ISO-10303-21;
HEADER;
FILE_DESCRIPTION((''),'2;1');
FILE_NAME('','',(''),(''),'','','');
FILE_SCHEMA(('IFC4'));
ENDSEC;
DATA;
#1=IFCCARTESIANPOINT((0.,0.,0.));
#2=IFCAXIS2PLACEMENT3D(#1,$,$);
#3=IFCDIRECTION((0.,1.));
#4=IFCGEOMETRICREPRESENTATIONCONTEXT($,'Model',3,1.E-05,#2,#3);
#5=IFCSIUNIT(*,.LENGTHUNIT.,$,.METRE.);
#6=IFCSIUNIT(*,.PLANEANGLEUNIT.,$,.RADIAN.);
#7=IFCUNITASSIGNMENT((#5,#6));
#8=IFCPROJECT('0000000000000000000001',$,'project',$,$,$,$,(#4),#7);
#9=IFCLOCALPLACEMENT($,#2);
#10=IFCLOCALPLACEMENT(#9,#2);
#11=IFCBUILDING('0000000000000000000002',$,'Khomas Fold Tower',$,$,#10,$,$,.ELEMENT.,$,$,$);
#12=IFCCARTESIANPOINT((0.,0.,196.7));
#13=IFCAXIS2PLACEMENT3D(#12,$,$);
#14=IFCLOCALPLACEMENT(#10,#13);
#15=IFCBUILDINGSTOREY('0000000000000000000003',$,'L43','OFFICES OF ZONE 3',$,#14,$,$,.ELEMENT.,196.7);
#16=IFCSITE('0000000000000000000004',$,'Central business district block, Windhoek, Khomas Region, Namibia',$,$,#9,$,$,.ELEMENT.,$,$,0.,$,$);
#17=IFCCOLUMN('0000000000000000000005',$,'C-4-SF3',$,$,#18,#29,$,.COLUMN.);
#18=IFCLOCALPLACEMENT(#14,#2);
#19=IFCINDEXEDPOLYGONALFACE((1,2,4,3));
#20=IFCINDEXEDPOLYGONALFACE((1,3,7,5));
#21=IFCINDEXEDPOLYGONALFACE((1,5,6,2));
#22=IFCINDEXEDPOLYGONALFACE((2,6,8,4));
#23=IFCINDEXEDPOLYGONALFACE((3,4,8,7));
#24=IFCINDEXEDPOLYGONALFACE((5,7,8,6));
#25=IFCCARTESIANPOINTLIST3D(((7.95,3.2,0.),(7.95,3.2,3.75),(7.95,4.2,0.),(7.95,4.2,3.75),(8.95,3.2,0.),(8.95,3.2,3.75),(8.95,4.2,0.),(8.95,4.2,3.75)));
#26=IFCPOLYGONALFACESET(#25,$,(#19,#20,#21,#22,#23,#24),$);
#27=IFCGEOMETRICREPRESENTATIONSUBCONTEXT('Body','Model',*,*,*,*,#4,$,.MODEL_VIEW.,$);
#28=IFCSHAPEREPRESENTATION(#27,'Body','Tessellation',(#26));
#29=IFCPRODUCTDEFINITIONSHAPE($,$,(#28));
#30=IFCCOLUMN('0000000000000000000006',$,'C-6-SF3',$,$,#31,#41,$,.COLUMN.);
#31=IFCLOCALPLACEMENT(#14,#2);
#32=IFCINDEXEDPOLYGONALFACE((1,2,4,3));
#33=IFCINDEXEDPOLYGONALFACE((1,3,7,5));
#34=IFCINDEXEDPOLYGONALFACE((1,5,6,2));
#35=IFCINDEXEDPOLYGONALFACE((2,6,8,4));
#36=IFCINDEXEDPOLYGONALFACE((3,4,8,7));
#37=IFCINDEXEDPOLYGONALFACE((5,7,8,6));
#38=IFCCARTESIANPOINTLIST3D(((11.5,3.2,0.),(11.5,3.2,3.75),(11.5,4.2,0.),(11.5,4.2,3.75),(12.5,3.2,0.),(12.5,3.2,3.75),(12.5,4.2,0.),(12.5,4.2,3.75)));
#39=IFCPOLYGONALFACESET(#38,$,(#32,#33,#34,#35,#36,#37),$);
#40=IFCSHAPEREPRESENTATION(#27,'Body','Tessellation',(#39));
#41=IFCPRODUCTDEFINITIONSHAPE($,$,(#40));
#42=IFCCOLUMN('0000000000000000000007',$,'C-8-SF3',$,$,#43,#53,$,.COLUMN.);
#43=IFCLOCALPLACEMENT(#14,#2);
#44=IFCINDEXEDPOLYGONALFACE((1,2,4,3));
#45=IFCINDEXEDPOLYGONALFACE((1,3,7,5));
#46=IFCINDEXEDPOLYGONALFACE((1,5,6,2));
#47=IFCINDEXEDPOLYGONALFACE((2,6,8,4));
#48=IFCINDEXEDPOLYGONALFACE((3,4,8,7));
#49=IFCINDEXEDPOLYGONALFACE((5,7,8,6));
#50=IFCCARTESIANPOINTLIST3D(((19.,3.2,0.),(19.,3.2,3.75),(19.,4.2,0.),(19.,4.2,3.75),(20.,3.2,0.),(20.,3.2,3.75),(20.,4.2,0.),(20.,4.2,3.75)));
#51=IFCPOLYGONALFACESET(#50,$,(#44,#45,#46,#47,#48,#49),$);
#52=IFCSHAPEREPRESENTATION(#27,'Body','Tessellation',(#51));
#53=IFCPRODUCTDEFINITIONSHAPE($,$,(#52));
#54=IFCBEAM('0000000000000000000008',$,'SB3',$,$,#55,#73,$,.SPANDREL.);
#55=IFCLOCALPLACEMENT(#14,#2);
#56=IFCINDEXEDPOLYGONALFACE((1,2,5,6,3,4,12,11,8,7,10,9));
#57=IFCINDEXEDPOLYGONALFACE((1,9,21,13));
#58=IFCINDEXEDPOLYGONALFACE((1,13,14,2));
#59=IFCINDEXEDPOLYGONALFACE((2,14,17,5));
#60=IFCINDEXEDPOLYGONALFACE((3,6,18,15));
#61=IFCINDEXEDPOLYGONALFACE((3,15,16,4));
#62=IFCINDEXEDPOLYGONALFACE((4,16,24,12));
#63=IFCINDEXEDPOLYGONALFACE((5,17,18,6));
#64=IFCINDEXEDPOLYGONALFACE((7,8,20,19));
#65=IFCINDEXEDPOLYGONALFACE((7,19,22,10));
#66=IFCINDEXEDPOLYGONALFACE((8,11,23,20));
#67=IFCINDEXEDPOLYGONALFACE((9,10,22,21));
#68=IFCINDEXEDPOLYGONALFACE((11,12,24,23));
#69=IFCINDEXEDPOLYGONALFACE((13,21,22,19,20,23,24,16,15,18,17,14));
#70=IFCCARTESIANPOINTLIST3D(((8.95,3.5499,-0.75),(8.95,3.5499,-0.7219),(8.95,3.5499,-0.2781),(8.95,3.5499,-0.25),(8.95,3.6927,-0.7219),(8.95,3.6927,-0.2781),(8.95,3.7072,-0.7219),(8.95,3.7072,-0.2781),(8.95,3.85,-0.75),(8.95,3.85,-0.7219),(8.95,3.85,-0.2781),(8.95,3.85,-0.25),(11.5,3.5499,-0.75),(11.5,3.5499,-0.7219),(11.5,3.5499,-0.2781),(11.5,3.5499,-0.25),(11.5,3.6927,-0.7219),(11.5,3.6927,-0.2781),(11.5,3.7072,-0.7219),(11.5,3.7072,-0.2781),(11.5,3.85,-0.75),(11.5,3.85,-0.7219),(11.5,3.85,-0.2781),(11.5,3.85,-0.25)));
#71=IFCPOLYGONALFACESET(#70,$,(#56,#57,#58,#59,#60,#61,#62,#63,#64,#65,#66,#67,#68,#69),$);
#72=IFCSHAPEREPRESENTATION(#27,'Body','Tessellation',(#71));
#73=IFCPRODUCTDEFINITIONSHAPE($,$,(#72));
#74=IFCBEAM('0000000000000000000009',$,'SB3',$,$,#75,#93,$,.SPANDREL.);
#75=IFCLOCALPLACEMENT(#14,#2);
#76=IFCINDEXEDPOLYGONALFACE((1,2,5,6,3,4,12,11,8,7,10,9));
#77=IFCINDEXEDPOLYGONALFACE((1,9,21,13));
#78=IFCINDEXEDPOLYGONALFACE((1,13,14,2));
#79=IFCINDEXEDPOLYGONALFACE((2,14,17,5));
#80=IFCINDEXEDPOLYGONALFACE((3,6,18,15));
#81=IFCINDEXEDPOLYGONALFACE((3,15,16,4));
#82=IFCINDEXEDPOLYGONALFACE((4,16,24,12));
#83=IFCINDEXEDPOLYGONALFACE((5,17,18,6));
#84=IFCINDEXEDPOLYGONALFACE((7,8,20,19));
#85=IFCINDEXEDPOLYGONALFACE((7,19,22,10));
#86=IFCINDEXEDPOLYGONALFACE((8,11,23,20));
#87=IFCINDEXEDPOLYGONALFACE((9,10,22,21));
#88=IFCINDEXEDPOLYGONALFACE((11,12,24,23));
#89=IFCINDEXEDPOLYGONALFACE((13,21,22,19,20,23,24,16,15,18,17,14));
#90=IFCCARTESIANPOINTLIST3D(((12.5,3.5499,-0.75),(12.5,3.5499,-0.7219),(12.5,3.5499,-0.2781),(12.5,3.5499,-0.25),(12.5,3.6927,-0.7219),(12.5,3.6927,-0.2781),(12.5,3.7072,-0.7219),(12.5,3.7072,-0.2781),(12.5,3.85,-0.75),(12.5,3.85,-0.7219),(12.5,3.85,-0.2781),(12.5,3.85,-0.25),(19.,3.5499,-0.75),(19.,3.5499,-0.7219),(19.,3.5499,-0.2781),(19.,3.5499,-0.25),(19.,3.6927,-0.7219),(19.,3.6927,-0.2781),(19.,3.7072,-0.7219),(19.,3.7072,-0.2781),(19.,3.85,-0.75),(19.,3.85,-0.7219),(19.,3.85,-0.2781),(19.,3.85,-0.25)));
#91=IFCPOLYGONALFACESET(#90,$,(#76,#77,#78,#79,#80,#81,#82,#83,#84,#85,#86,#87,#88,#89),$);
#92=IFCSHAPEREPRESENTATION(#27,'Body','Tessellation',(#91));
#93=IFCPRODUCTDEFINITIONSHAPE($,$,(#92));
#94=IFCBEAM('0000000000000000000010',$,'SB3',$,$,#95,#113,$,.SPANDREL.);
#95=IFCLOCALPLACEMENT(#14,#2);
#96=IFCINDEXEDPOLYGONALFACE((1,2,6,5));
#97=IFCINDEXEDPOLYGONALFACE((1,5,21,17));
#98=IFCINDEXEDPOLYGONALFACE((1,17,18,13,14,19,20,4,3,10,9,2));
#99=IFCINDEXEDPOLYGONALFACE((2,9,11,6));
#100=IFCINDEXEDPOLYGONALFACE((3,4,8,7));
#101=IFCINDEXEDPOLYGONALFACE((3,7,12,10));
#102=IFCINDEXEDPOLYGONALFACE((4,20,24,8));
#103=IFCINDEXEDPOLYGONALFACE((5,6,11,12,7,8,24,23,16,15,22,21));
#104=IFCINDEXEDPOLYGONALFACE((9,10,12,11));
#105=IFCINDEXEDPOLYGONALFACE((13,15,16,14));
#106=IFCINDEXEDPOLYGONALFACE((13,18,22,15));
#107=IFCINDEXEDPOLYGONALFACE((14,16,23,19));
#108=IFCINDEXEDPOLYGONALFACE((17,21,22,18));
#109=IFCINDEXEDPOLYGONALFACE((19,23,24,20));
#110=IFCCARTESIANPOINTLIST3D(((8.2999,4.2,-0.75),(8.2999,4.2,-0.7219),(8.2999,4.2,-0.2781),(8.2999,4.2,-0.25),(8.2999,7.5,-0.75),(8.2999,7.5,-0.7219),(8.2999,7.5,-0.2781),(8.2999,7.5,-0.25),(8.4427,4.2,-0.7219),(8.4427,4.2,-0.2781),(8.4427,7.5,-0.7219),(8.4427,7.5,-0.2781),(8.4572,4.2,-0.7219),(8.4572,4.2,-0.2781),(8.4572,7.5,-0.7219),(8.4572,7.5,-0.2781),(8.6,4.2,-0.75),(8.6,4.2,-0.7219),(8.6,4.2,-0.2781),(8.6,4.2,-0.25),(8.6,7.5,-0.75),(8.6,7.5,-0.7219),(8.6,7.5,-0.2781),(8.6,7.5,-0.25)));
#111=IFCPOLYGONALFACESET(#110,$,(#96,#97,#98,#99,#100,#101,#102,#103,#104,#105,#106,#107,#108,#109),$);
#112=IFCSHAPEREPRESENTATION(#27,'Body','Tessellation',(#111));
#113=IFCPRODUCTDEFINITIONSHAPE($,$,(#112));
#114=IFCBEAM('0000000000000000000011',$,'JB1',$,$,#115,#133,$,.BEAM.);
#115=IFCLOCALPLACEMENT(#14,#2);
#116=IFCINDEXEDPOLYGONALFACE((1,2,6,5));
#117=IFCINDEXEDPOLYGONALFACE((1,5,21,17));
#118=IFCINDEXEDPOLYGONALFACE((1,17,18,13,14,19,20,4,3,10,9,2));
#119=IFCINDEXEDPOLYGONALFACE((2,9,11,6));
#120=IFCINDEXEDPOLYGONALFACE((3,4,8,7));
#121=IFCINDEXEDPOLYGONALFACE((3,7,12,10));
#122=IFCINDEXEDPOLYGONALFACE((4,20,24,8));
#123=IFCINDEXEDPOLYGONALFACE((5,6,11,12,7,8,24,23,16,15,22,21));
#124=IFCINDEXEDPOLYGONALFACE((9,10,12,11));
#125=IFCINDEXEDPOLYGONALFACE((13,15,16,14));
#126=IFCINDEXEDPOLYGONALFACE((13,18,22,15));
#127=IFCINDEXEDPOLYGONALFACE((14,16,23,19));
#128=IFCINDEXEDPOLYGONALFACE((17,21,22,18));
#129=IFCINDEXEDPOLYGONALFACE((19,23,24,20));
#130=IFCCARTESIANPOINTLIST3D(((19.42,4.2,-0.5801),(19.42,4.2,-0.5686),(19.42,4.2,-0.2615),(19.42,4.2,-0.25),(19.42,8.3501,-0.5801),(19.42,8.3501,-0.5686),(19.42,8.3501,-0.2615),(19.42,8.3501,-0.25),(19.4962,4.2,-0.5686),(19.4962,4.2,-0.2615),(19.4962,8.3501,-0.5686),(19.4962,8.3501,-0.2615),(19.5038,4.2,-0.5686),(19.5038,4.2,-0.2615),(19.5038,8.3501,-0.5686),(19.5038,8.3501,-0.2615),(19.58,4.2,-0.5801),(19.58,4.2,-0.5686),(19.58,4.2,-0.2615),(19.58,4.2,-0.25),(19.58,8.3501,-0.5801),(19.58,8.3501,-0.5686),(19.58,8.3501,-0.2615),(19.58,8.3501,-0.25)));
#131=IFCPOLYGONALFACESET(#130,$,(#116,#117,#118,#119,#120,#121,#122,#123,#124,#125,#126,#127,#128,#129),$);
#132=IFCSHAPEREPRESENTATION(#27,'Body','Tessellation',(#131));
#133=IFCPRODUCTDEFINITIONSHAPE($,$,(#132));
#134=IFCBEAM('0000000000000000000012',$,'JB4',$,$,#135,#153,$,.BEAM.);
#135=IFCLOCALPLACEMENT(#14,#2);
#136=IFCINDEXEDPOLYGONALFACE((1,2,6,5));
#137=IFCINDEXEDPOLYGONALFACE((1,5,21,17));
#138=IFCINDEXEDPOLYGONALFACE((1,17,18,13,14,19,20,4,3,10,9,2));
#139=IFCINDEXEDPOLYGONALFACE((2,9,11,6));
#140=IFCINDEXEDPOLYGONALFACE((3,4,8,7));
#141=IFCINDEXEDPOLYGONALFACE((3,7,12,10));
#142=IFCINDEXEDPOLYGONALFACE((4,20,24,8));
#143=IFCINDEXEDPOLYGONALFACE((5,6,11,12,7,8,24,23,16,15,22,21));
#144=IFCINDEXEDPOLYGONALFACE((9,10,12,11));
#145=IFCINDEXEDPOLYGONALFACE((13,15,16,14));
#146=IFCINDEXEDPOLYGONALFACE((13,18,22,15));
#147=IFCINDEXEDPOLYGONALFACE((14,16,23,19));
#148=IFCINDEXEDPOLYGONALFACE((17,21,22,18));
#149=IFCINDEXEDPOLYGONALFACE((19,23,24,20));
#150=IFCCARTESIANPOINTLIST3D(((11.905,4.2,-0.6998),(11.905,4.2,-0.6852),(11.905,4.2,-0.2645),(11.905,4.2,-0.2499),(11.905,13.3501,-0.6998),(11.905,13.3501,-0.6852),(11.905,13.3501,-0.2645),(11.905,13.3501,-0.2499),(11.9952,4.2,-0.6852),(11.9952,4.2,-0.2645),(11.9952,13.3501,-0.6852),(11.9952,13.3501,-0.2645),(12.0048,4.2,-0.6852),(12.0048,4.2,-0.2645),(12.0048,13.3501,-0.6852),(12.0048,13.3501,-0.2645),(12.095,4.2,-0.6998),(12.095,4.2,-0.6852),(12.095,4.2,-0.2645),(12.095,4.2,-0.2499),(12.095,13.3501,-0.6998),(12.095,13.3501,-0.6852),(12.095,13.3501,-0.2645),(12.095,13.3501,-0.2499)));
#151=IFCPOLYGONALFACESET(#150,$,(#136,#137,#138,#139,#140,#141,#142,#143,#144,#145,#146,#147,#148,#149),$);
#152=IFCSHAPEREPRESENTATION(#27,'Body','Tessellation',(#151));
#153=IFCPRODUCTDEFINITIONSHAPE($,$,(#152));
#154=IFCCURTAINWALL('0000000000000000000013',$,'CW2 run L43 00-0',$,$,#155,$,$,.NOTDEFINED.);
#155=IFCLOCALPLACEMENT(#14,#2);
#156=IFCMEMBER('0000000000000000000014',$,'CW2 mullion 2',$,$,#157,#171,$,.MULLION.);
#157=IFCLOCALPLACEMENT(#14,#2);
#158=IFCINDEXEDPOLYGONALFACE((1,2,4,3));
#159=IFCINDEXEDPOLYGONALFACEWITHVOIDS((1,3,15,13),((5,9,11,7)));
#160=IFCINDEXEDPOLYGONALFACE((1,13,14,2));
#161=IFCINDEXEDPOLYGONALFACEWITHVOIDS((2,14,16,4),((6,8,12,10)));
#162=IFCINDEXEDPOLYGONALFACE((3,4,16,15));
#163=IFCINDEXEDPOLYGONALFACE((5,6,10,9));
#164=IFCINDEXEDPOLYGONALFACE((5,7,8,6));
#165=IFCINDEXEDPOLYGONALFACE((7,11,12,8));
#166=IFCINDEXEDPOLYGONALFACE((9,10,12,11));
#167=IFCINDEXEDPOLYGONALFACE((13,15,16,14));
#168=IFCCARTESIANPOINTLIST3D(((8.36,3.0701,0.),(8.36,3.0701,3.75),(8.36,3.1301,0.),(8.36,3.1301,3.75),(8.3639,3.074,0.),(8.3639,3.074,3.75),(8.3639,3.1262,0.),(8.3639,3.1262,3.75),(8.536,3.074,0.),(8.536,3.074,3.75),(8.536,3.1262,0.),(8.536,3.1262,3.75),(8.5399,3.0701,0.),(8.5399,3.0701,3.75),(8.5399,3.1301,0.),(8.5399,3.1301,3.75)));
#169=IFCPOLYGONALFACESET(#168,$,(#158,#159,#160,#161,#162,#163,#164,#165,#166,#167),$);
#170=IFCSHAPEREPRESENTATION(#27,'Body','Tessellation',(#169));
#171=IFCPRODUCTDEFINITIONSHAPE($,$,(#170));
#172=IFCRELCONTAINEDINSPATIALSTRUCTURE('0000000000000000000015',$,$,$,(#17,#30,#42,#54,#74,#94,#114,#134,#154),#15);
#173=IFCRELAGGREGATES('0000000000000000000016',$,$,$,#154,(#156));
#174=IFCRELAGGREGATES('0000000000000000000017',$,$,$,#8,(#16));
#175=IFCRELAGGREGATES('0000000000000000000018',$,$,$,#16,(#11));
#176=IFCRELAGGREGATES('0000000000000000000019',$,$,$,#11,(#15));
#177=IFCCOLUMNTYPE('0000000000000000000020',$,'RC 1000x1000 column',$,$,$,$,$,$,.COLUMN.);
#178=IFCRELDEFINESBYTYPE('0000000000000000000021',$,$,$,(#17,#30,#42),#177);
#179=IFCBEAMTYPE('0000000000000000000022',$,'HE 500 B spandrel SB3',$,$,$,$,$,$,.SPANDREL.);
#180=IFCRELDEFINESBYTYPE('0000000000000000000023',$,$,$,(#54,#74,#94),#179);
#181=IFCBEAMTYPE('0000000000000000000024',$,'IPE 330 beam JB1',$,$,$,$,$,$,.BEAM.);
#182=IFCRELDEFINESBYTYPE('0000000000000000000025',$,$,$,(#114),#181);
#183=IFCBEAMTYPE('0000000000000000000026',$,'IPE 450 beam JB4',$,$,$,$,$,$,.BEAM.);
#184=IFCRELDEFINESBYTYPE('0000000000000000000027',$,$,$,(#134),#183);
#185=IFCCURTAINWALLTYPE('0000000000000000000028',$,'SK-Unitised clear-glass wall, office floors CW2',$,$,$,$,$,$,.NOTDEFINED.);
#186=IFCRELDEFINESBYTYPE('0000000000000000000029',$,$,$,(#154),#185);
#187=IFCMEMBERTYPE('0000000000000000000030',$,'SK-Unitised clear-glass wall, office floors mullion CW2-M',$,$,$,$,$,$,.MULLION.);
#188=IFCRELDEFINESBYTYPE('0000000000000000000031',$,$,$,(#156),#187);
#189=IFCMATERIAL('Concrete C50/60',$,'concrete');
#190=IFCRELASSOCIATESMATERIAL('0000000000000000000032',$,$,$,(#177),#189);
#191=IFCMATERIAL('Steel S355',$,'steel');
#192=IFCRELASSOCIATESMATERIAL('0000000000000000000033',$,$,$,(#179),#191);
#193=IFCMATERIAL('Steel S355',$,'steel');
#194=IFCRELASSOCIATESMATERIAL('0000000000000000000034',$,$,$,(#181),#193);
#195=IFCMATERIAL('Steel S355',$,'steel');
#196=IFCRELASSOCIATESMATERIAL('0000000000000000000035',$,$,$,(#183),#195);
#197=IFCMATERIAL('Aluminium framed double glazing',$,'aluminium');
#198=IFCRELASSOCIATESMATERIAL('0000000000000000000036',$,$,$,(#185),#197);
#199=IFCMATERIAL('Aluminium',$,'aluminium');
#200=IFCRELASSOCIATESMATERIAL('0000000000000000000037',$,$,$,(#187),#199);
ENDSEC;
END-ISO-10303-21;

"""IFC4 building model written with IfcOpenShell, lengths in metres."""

from ifc_helpers import new_model, si_unit, direction, frame, origin, origin_2d, place, context, subcontext, project, spatial, rectangle, hollow_rectangle, i_section, extrude, source, transform, mapped, material, material_profile, profile_set, type_object, element, aggregate, save


model = new_model("IFC4")

# Units and contexts
model_context = context("Model", 3, precision=1e-05, world=origin(), true_north=direction((0.0, 1.0)))
body_context = subcontext(model_context, "Body", "Model", "MODEL_VIEW")
ifc_project = project(units=[si_unit("LENGTHUNIT", "METRE"), si_unit("PLANEANGLEUNIT", "RADIAN")], contexts=[model_context])

# Site, building, storey
site_placement = place(None, origin())
site = spatial("IfcSite", under=ifc_project, at=site_placement, Name="Central business district block, Windhoek, Khomas Region, Namibia", CompositionType="ELEMENT", RefElevation=0.0)
building_placement = place(site_placement, origin())
building = spatial("IfcBuilding", under=site, at=building_placement, Name="Khomas Fold Tower", CompositionType="ELEMENT")
storey_placement = place(building_placement, frame((0.0, 0.0, 196.7)))
storey = spatial("IfcBuildingStorey", under=building, at=storey_placement, Name="L43", Description="OFFICES OF ZONE 3", CompositionType="ELEMENT", Elevation=196.7)

# Columns
ifc_material_1 = material(Name="Concrete C50/60", Category="concrete")
ifc_material_profile_1 = material_profile(ifc_material_1, rectangle(XDim=1.0, YDim=1.0, at=origin_2d()), Name="RC 1000x1000")
ifc_profile_set_1 = profile_set([ifc_material_profile_1], Name="Concrete C50/60")
column_type = type_object("IfcColumnType", Name="RC 1000x1000 column", PredefinedType="COLUMN", material=ifc_profile_set_1)
shared_shape_1 = source(origin(), body_context, "Body", "SweptSolid", [
    extrude(rectangle(XDim=1.0, YDim=1.0, at=origin_2d()), origin(), (0.0, 0.0, 1.0), 3.75),
])
for number, where, z_axis, x_axis, name in (
    (1, (8.45, 3.7, 0.0), (0.0, 0.0, 1.0), (1.0, 0.0, 0.0), "C-4-SF3"),
    (2, (12.0, 3.7, 0.0), (0.0, 0.0, 1.0), (1.0, 0.0, 0.0), "C-6-SF3"),
    (3, (19.5, 3.7, 0.0), (0.0, 0.0, 1.0), (1.0, 0.0, 0.0), "C-8-SF3"),
):
    element("IfcColumn", number, at=place(storey_placement, frame(where, z_axis=z_axis, x_axis=x_axis)), inside=storey, type_object=column_type, Name=name, PredefinedType="COLUMN", context=body_context, shape_type="MappedRepresentation", body=[
        mapped(shared_shape_1, transform((0.0, 0.0, 0.0))),
    ])

# Beams
ifc_material_2 = material(Name="Steel S355", Category="steel")
ifc_material_profile_2 = material_profile(ifc_material_2, i_section(OverallWidth=0.3, OverallDepth=0.5, WebThickness=0.0144, FlangeThickness=0.0281, at=origin_2d()), Name="HE 500 B")
ifc_profile_set_2 = profile_set([ifc_material_profile_2], Name="Steel S355")
beam_type_1 = type_object("IfcBeamType", Name="HE 500 B spandrel SB3", PredefinedType="SPANDREL", material=ifc_profile_set_2)
shared_shape_2 = source(origin(), body_context, "Body", "SweptSolid", [
    extrude(i_section(OverallWidth=0.3, OverallDepth=0.5, WebThickness=0.0144, FlangeThickness=0.0281, at=origin_2d()), origin(), (0.0, 0.0, 1.0), 2.55),
])
beam_1_placement = place(storey_placement, frame((8.95, 3.7, -0.5), z_axis=(1.0, 0.0, 0.0), x_axis=(0.0, 1.0, 0.0)))
element("IfcBeam", 4, at=beam_1_placement, inside=storey, type_object=beam_type_1, Name="SB3", PredefinedType="SPANDREL", context=body_context, shape_type="MappedRepresentation", body=[
    mapped(shared_shape_2, transform((0.0, 0.0, 0.0))),
])
shared_shape_3 = source(origin(), body_context, "Body", "SweptSolid", [
    extrude(i_section(OverallWidth=0.3, OverallDepth=0.5, WebThickness=0.0144, FlangeThickness=0.0281, at=origin_2d()), origin(), (0.0, 0.0, 1.0), 6.5),
])
beam_2_placement = place(storey_placement, frame((12.5, 3.7, -0.5), z_axis=(1.0, 0.0, 0.0), x_axis=(0.0, 1.0, 0.0)))
element("IfcBeam", 5, at=beam_2_placement, inside=storey, type_object=beam_type_1, Name="SB3", PredefinedType="SPANDREL", context=body_context, shape_type="MappedRepresentation", body=[
    mapped(shared_shape_3, transform((0.0, 0.0, 0.0))),
])
shared_shape_4 = source(origin(), body_context, "Body", "SweptSolid", [
    extrude(i_section(OverallWidth=0.3, OverallDepth=0.5, WebThickness=0.0144, FlangeThickness=0.0281, at=origin_2d()), origin(), (0.0, 0.0, 1.0), 3.3),
])
beam_3_placement = place(storey_placement, frame((8.45, 4.2, -0.5), z_axis=(0.0, 1.0, 0.0), x_axis=(-1.0, 0.0, 0.0)))
element("IfcBeam", 6, at=beam_3_placement, inside=storey, type_object=beam_type_1, Name="SB3", PredefinedType="SPANDREL", context=body_context, shape_type="MappedRepresentation", body=[
    mapped(shared_shape_4, transform((0.0, 0.0, 0.0))),
])
ifc_material_3 = material(Name="Steel S355", Category="steel")
ifc_material_profile_3 = material_profile(ifc_material_3, i_section(OverallWidth=0.1599, OverallDepth=0.3301, WebThickness=0.0076, FlangeThickness=0.0115, at=origin_2d()), Name="IPE 330")
ifc_profile_set_3 = profile_set([ifc_material_profile_3], Name="Steel S355")
beam_type_2 = type_object("IfcBeamType", Name="IPE 330 beam JB1", PredefinedType="BEAM", material=ifc_profile_set_3)
shared_shape_5 = source(origin(), body_context, "Body", "SweptSolid", [
    extrude(i_section(OverallWidth=0.1599, OverallDepth=0.3301, WebThickness=0.0076, FlangeThickness=0.0115, at=origin_2d()), origin(), (0.0, 0.0, 1.0), 4.1501),
])
beam_4_placement = place(storey_placement, frame((19.5, 4.2, -0.415), z_axis=(0.0, 1.0, 0.0), x_axis=(-1.0, 0.0, 0.0)))
element("IfcBeam", 7, at=beam_4_placement, inside=storey, type_object=beam_type_2, Name="JB1", PredefinedType="BEAM", context=body_context, shape_type="MappedRepresentation", body=[
    mapped(shared_shape_5, transform((0.0, 0.0, 0.0))),
])
ifc_material_4 = material(Name="Steel S355", Category="steel")
ifc_material_profile_4 = material_profile(ifc_material_4, i_section(OverallWidth=0.1899, OverallDepth=0.45, WebThickness=0.0095, FlangeThickness=0.0146, at=origin_2d()), Name="IPE 450")
ifc_profile_set_4 = profile_set([ifc_material_profile_4], Name="Steel S355")
beam_type_3 = type_object("IfcBeamType", Name="IPE 450 beam JB4", PredefinedType="BEAM", material=ifc_profile_set_4)
shared_shape_6 = source(origin(), body_context, "Body", "SweptSolid", [
    extrude(i_section(OverallWidth=0.1899, OverallDepth=0.45, WebThickness=0.0095, FlangeThickness=0.0146, at=origin_2d()), origin(), (0.0, 0.0, 1.0), 9.1501),
])
beam_5_placement = place(storey_placement, frame((12.0, 4.2, -0.4749), z_axis=(0.0, 1.0, 0.0), x_axis=(-1.0, 0.0, 0.0)))
element("IfcBeam", 8, at=beam_5_placement, inside=storey, type_object=beam_type_3, Name="JB4", PredefinedType="BEAM", context=body_context, shape_type="MappedRepresentation", body=[
    mapped(shared_shape_6, transform((0.0, 0.0, 0.0))),
])

# Curtain wall, member
ifc_material_5 = material(Name="Aluminium framed double glazing", Category="aluminium")
curtain_wall_type = type_object("IfcCurtainWallType", Name="SK-Unitised clear-glass wall, office floors CW2", PredefinedType="NOTDEFINED", material=ifc_material_5)
curtain_wall_1_placement = place(storey_placement, origin())
curtain_wall_1 = element("IfcCurtainWall", 9, at=curtain_wall_1_placement, inside=storey, type_object=curtain_wall_type, Name="CW2 run L43 00-0", PredefinedType="NOTDEFINED")
ifc_material_6 = material(Name="Aluminium", Category="aluminium")
ifc_material_profile_5 = material_profile(ifc_material_6, hollow_rectangle(XDim=0.0601, YDim=0.1799, WallThickness=0.0039, at=origin_2d()), Name="SK-Unitised clear-glass wall, office floors mullion CW2-M")
ifc_profile_set_5 = profile_set([ifc_material_profile_5], Name="Aluminium")
member_type_1 = type_object("IfcMemberType", Name="SK-Unitised clear-glass wall, office floors mullion CW2-M", PredefinedType="MULLION", material=ifc_profile_set_5)
shared_shape_7 = source(origin(), body_context, "Body", "SweptSolid", [
    extrude(hollow_rectangle(XDim=0.0601, YDim=0.1799, WallThickness=0.0039, at=origin_2d()), origin(), (0.0, 0.0, 1.0), 3.75),
])
member_1_placement = place(storey_placement, frame((8.45, 3.1001, 0.0), z_axis=(0.0, 0.0, 1.0), x_axis=(0.0, 1.0, 0.0)))
member_1 = element("IfcMember", 10, at=member_1_placement, type_object=member_type_1, Name="CW2 mullion 2", PredefinedType="MULLION", context=body_context, shape_type="MappedRepresentation", body=[
    mapped(shared_shape_7, transform((0.0, 0.0, 0.0))),
])

aggregate(curtain_wall_1, [member_1])

save(model, "model.ifc")
